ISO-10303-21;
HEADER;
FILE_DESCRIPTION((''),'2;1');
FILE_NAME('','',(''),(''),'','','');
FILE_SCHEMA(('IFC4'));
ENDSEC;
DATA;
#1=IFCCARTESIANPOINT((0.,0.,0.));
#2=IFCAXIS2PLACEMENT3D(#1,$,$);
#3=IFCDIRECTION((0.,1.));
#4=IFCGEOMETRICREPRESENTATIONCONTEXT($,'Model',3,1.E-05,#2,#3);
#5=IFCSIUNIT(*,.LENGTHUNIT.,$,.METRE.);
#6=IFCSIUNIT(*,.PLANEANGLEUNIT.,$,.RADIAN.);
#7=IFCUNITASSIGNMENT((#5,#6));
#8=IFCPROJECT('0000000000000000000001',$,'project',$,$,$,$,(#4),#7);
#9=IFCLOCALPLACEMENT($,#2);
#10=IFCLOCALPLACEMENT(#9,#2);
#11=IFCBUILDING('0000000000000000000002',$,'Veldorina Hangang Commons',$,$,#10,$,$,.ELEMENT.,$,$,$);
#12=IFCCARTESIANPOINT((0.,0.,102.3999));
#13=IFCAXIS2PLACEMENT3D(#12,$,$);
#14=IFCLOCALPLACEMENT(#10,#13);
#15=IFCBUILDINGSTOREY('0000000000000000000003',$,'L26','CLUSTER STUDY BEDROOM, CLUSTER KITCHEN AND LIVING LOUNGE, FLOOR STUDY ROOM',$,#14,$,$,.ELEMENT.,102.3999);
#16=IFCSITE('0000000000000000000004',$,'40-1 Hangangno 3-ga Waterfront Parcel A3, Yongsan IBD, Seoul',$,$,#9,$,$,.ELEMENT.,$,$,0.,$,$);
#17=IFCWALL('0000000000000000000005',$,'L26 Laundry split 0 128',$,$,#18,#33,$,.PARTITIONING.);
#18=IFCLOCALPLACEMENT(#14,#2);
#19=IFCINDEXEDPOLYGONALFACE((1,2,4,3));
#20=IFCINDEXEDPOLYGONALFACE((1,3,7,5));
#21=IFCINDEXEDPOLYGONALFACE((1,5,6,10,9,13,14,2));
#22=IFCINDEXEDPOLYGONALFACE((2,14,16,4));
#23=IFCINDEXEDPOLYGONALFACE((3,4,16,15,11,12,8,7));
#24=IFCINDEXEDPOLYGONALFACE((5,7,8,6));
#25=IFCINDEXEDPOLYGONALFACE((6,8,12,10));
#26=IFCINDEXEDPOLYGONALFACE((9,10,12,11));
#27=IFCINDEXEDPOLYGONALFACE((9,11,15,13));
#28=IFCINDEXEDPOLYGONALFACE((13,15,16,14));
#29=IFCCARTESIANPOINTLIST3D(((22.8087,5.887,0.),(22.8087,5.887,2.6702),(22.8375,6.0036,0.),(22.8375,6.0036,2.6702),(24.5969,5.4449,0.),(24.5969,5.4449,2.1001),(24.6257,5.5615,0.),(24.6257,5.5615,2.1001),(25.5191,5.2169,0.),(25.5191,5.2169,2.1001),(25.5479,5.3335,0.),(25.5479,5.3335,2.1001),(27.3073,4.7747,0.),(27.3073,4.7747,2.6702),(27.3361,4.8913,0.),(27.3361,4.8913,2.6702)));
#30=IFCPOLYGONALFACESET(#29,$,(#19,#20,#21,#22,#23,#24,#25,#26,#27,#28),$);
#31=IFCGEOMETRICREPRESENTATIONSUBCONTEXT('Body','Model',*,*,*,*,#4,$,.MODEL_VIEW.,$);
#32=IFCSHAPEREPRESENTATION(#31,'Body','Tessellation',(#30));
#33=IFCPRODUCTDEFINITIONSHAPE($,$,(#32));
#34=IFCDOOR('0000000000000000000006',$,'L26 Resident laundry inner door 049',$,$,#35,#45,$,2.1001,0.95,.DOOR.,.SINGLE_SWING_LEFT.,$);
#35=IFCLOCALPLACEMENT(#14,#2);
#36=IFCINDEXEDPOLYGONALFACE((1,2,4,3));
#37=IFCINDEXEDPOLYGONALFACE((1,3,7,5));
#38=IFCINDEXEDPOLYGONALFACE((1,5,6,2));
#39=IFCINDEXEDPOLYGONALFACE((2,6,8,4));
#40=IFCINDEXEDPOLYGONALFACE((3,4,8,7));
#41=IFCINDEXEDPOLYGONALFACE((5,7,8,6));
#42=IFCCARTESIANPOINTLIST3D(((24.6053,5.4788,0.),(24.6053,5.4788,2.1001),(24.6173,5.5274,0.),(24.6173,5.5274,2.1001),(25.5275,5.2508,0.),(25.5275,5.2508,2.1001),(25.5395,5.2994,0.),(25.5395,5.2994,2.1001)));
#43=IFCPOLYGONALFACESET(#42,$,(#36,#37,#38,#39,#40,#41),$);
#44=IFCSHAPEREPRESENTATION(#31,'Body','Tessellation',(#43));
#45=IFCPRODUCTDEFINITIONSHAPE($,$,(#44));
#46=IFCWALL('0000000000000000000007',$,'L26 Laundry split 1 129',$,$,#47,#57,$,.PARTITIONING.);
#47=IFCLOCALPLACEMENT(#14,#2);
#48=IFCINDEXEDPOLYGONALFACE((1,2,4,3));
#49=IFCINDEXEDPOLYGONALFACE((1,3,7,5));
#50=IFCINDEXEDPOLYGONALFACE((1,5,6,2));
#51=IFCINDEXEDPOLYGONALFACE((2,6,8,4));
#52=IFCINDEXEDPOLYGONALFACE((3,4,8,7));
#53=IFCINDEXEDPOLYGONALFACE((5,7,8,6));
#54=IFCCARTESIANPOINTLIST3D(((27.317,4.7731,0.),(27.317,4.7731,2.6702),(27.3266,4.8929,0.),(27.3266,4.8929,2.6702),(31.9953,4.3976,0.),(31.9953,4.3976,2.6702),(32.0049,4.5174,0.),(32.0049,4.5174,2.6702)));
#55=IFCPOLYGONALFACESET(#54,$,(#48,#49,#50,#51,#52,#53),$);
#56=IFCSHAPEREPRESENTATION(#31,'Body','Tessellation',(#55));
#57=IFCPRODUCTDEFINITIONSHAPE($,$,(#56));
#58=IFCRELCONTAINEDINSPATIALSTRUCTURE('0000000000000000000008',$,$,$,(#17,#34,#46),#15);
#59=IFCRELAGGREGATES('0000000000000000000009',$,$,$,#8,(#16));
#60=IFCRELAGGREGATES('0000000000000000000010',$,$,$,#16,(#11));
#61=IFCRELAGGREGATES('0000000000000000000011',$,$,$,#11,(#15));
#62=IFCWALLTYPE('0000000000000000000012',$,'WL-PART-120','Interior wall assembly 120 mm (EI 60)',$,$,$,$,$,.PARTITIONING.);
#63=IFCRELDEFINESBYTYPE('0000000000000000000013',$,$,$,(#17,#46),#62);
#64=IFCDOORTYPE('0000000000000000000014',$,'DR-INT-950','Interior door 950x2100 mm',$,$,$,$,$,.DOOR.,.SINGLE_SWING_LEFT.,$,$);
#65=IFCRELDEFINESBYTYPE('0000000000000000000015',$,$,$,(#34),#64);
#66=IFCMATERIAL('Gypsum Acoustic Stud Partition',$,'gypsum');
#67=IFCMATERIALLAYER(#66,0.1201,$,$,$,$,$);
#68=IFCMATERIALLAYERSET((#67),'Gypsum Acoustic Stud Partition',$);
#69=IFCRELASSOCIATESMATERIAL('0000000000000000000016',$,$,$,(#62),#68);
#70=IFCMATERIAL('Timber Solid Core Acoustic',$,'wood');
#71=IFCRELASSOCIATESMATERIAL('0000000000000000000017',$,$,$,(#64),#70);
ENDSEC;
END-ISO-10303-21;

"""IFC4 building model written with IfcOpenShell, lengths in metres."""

from ifc_helpers import new_model, si_unit, direction, frame, frame_2d, origin, place, context, subcontext, project, spatial, rectangle, extrude, material, layer, layer_set, type_object, element, fill, save


model = new_model("IFC4")

# Units and contexts
model_context = context("Model", 3, precision=1e-05, world=origin(), true_north=direction((0.0, 1.0)))
body_context = subcontext(model_context, "Body", "Model", "MODEL_VIEW")
ifc_project = project(units=[si_unit("LENGTHUNIT", "METRE"), si_unit("PLANEANGLEUNIT", "RADIAN")], contexts=[model_context])

# Site, building, storey
site_placement = place(None, origin())
site = spatial("IfcSite", under=ifc_project, at=site_placement, Name="40-1 Hangangno 3-ga Waterfront Parcel A3, Yongsan IBD, Seoul", CompositionType="ELEMENT", RefElevation=0.0)
building_placement = place(site_placement, origin())
building = spatial("IfcBuilding", under=site, at=building_placement, Name="Veldorina Hangang Commons", CompositionType="ELEMENT")
storey_placement = place(building_placement, frame((0.0, 0.0, 102.3999)))
storey = spatial("IfcBuildingStorey", under=building, at=storey_placement, Name="L26", Description="CLUSTER STUDY BEDROOM, CLUSTER KITCHEN AND LIVING LOUNGE, FLOOR STUDY ROOM", CompositionType="ELEMENT", Elevation=102.3999)

# Wall, opening, door
ifc_material_1 = material(Name="Gypsum Acoustic Stud Partition", Category="gypsum")
ifc_layer_1 = layer(ifc_material_1, 0.1201)
ifc_layer_set_1 = layer_set([ifc_layer_1], Name="Gypsum Acoustic Stud Partition")
wall_type = type_object("IfcWallType", Name="WL-PART-120", Description="Interior wall assembly 120 mm (EI 60)", PredefinedType="PARTITIONING", material=ifc_layer_set_1)
wall_1_placement = place(storey_placement, frame((22.8232, 5.9453, 0.0), z_axis=(0.0, 0.0, 1.0), x_axis=(0.970765, -0.240031, 0.0)))
wall_1 = element("IfcWall", 1, at=wall_1_placement, inside=storey, type_object=wall_type, Name="L26 Laundry split 0 128", PredefinedType="PARTITIONING", context=body_context, shape_type="SweptSolid", body=[
    extrude(rectangle(XDim=4.634, YDim=0.1201, at=frame_2d((2.3169, 0.0))), origin(), (0.0, 0.0, 1.0), 2.6702),
])
opening_placement = place(wall_1_placement, frame((1.8418, 0.0, 0.0)))
opening = element("IfcOpeningElement", 2, at=opening_placement, cuts=wall_1, PredefinedType="OPENING", context=body_context, shape_type="SweptSolid", body=[
    extrude(rectangle(XDim=0.95, YDim=2.1001, at=frame_2d((0.4751, 1.05))), frame((0.0, 0.0701, 0.0), z_axis=(0.0, -1.0, 0.0), x_axis=(1.0, 0.0, 0.0)), (0.0, 0.0, 1.0), 0.1401),
])
ifc_material_2 = material(Name="Timber Solid Core Acoustic", Category="wood")
door_type = type_object("IfcDoorType", Name="DR-INT-950", Description="Interior door 950x2100 mm", OperationType="SINGLE_SWING_LEFT", PredefinedType="DOOR", material=ifc_material_2)
door_placement = place(opening_placement, origin())
door = element("IfcDoor", 3, at=door_placement, inside=storey, type_object=door_type, Name="L26 Resident laundry inner door 049", OperationType="SINGLE_SWING_LEFT", OverallHeight=2.1001, OverallWidth=0.95, PredefinedType="DOOR", context=body_context, shape_type="SweptSolid", body=[
    extrude(rectangle(XDim=0.95, YDim=2.1001, at=frame_2d((0.4751, 1.05))), frame((0.0, 0.0249, 0.0), z_axis=(0.0, -1.0, 0.0), x_axis=(1.0, 0.0, 0.0)), (0.0, 0.0, 1.0), 0.05),
])
fill(opening, door)

# Wall
wall_2_placement = place(storey_placement, frame((27.3218, 4.833, 0.0), z_axis=(0.0, 0.0, 1.0), x_axis=(0.996794, -0.080006, 0.0)))
element("IfcWall", 4, at=wall_2_placement, inside=storey, type_object=wall_type, Name="L26 Laundry split 1 129", PredefinedType="PARTITIONING", context=body_context, shape_type="SweptSolid", body=[
    extrude(rectangle(XDim=4.6934, YDim=0.1201, at=frame_2d((2.3467, 0.0))), origin(), (0.0, 0.0, 1.0), 2.6702),
])

save(model, "model.ifc")
